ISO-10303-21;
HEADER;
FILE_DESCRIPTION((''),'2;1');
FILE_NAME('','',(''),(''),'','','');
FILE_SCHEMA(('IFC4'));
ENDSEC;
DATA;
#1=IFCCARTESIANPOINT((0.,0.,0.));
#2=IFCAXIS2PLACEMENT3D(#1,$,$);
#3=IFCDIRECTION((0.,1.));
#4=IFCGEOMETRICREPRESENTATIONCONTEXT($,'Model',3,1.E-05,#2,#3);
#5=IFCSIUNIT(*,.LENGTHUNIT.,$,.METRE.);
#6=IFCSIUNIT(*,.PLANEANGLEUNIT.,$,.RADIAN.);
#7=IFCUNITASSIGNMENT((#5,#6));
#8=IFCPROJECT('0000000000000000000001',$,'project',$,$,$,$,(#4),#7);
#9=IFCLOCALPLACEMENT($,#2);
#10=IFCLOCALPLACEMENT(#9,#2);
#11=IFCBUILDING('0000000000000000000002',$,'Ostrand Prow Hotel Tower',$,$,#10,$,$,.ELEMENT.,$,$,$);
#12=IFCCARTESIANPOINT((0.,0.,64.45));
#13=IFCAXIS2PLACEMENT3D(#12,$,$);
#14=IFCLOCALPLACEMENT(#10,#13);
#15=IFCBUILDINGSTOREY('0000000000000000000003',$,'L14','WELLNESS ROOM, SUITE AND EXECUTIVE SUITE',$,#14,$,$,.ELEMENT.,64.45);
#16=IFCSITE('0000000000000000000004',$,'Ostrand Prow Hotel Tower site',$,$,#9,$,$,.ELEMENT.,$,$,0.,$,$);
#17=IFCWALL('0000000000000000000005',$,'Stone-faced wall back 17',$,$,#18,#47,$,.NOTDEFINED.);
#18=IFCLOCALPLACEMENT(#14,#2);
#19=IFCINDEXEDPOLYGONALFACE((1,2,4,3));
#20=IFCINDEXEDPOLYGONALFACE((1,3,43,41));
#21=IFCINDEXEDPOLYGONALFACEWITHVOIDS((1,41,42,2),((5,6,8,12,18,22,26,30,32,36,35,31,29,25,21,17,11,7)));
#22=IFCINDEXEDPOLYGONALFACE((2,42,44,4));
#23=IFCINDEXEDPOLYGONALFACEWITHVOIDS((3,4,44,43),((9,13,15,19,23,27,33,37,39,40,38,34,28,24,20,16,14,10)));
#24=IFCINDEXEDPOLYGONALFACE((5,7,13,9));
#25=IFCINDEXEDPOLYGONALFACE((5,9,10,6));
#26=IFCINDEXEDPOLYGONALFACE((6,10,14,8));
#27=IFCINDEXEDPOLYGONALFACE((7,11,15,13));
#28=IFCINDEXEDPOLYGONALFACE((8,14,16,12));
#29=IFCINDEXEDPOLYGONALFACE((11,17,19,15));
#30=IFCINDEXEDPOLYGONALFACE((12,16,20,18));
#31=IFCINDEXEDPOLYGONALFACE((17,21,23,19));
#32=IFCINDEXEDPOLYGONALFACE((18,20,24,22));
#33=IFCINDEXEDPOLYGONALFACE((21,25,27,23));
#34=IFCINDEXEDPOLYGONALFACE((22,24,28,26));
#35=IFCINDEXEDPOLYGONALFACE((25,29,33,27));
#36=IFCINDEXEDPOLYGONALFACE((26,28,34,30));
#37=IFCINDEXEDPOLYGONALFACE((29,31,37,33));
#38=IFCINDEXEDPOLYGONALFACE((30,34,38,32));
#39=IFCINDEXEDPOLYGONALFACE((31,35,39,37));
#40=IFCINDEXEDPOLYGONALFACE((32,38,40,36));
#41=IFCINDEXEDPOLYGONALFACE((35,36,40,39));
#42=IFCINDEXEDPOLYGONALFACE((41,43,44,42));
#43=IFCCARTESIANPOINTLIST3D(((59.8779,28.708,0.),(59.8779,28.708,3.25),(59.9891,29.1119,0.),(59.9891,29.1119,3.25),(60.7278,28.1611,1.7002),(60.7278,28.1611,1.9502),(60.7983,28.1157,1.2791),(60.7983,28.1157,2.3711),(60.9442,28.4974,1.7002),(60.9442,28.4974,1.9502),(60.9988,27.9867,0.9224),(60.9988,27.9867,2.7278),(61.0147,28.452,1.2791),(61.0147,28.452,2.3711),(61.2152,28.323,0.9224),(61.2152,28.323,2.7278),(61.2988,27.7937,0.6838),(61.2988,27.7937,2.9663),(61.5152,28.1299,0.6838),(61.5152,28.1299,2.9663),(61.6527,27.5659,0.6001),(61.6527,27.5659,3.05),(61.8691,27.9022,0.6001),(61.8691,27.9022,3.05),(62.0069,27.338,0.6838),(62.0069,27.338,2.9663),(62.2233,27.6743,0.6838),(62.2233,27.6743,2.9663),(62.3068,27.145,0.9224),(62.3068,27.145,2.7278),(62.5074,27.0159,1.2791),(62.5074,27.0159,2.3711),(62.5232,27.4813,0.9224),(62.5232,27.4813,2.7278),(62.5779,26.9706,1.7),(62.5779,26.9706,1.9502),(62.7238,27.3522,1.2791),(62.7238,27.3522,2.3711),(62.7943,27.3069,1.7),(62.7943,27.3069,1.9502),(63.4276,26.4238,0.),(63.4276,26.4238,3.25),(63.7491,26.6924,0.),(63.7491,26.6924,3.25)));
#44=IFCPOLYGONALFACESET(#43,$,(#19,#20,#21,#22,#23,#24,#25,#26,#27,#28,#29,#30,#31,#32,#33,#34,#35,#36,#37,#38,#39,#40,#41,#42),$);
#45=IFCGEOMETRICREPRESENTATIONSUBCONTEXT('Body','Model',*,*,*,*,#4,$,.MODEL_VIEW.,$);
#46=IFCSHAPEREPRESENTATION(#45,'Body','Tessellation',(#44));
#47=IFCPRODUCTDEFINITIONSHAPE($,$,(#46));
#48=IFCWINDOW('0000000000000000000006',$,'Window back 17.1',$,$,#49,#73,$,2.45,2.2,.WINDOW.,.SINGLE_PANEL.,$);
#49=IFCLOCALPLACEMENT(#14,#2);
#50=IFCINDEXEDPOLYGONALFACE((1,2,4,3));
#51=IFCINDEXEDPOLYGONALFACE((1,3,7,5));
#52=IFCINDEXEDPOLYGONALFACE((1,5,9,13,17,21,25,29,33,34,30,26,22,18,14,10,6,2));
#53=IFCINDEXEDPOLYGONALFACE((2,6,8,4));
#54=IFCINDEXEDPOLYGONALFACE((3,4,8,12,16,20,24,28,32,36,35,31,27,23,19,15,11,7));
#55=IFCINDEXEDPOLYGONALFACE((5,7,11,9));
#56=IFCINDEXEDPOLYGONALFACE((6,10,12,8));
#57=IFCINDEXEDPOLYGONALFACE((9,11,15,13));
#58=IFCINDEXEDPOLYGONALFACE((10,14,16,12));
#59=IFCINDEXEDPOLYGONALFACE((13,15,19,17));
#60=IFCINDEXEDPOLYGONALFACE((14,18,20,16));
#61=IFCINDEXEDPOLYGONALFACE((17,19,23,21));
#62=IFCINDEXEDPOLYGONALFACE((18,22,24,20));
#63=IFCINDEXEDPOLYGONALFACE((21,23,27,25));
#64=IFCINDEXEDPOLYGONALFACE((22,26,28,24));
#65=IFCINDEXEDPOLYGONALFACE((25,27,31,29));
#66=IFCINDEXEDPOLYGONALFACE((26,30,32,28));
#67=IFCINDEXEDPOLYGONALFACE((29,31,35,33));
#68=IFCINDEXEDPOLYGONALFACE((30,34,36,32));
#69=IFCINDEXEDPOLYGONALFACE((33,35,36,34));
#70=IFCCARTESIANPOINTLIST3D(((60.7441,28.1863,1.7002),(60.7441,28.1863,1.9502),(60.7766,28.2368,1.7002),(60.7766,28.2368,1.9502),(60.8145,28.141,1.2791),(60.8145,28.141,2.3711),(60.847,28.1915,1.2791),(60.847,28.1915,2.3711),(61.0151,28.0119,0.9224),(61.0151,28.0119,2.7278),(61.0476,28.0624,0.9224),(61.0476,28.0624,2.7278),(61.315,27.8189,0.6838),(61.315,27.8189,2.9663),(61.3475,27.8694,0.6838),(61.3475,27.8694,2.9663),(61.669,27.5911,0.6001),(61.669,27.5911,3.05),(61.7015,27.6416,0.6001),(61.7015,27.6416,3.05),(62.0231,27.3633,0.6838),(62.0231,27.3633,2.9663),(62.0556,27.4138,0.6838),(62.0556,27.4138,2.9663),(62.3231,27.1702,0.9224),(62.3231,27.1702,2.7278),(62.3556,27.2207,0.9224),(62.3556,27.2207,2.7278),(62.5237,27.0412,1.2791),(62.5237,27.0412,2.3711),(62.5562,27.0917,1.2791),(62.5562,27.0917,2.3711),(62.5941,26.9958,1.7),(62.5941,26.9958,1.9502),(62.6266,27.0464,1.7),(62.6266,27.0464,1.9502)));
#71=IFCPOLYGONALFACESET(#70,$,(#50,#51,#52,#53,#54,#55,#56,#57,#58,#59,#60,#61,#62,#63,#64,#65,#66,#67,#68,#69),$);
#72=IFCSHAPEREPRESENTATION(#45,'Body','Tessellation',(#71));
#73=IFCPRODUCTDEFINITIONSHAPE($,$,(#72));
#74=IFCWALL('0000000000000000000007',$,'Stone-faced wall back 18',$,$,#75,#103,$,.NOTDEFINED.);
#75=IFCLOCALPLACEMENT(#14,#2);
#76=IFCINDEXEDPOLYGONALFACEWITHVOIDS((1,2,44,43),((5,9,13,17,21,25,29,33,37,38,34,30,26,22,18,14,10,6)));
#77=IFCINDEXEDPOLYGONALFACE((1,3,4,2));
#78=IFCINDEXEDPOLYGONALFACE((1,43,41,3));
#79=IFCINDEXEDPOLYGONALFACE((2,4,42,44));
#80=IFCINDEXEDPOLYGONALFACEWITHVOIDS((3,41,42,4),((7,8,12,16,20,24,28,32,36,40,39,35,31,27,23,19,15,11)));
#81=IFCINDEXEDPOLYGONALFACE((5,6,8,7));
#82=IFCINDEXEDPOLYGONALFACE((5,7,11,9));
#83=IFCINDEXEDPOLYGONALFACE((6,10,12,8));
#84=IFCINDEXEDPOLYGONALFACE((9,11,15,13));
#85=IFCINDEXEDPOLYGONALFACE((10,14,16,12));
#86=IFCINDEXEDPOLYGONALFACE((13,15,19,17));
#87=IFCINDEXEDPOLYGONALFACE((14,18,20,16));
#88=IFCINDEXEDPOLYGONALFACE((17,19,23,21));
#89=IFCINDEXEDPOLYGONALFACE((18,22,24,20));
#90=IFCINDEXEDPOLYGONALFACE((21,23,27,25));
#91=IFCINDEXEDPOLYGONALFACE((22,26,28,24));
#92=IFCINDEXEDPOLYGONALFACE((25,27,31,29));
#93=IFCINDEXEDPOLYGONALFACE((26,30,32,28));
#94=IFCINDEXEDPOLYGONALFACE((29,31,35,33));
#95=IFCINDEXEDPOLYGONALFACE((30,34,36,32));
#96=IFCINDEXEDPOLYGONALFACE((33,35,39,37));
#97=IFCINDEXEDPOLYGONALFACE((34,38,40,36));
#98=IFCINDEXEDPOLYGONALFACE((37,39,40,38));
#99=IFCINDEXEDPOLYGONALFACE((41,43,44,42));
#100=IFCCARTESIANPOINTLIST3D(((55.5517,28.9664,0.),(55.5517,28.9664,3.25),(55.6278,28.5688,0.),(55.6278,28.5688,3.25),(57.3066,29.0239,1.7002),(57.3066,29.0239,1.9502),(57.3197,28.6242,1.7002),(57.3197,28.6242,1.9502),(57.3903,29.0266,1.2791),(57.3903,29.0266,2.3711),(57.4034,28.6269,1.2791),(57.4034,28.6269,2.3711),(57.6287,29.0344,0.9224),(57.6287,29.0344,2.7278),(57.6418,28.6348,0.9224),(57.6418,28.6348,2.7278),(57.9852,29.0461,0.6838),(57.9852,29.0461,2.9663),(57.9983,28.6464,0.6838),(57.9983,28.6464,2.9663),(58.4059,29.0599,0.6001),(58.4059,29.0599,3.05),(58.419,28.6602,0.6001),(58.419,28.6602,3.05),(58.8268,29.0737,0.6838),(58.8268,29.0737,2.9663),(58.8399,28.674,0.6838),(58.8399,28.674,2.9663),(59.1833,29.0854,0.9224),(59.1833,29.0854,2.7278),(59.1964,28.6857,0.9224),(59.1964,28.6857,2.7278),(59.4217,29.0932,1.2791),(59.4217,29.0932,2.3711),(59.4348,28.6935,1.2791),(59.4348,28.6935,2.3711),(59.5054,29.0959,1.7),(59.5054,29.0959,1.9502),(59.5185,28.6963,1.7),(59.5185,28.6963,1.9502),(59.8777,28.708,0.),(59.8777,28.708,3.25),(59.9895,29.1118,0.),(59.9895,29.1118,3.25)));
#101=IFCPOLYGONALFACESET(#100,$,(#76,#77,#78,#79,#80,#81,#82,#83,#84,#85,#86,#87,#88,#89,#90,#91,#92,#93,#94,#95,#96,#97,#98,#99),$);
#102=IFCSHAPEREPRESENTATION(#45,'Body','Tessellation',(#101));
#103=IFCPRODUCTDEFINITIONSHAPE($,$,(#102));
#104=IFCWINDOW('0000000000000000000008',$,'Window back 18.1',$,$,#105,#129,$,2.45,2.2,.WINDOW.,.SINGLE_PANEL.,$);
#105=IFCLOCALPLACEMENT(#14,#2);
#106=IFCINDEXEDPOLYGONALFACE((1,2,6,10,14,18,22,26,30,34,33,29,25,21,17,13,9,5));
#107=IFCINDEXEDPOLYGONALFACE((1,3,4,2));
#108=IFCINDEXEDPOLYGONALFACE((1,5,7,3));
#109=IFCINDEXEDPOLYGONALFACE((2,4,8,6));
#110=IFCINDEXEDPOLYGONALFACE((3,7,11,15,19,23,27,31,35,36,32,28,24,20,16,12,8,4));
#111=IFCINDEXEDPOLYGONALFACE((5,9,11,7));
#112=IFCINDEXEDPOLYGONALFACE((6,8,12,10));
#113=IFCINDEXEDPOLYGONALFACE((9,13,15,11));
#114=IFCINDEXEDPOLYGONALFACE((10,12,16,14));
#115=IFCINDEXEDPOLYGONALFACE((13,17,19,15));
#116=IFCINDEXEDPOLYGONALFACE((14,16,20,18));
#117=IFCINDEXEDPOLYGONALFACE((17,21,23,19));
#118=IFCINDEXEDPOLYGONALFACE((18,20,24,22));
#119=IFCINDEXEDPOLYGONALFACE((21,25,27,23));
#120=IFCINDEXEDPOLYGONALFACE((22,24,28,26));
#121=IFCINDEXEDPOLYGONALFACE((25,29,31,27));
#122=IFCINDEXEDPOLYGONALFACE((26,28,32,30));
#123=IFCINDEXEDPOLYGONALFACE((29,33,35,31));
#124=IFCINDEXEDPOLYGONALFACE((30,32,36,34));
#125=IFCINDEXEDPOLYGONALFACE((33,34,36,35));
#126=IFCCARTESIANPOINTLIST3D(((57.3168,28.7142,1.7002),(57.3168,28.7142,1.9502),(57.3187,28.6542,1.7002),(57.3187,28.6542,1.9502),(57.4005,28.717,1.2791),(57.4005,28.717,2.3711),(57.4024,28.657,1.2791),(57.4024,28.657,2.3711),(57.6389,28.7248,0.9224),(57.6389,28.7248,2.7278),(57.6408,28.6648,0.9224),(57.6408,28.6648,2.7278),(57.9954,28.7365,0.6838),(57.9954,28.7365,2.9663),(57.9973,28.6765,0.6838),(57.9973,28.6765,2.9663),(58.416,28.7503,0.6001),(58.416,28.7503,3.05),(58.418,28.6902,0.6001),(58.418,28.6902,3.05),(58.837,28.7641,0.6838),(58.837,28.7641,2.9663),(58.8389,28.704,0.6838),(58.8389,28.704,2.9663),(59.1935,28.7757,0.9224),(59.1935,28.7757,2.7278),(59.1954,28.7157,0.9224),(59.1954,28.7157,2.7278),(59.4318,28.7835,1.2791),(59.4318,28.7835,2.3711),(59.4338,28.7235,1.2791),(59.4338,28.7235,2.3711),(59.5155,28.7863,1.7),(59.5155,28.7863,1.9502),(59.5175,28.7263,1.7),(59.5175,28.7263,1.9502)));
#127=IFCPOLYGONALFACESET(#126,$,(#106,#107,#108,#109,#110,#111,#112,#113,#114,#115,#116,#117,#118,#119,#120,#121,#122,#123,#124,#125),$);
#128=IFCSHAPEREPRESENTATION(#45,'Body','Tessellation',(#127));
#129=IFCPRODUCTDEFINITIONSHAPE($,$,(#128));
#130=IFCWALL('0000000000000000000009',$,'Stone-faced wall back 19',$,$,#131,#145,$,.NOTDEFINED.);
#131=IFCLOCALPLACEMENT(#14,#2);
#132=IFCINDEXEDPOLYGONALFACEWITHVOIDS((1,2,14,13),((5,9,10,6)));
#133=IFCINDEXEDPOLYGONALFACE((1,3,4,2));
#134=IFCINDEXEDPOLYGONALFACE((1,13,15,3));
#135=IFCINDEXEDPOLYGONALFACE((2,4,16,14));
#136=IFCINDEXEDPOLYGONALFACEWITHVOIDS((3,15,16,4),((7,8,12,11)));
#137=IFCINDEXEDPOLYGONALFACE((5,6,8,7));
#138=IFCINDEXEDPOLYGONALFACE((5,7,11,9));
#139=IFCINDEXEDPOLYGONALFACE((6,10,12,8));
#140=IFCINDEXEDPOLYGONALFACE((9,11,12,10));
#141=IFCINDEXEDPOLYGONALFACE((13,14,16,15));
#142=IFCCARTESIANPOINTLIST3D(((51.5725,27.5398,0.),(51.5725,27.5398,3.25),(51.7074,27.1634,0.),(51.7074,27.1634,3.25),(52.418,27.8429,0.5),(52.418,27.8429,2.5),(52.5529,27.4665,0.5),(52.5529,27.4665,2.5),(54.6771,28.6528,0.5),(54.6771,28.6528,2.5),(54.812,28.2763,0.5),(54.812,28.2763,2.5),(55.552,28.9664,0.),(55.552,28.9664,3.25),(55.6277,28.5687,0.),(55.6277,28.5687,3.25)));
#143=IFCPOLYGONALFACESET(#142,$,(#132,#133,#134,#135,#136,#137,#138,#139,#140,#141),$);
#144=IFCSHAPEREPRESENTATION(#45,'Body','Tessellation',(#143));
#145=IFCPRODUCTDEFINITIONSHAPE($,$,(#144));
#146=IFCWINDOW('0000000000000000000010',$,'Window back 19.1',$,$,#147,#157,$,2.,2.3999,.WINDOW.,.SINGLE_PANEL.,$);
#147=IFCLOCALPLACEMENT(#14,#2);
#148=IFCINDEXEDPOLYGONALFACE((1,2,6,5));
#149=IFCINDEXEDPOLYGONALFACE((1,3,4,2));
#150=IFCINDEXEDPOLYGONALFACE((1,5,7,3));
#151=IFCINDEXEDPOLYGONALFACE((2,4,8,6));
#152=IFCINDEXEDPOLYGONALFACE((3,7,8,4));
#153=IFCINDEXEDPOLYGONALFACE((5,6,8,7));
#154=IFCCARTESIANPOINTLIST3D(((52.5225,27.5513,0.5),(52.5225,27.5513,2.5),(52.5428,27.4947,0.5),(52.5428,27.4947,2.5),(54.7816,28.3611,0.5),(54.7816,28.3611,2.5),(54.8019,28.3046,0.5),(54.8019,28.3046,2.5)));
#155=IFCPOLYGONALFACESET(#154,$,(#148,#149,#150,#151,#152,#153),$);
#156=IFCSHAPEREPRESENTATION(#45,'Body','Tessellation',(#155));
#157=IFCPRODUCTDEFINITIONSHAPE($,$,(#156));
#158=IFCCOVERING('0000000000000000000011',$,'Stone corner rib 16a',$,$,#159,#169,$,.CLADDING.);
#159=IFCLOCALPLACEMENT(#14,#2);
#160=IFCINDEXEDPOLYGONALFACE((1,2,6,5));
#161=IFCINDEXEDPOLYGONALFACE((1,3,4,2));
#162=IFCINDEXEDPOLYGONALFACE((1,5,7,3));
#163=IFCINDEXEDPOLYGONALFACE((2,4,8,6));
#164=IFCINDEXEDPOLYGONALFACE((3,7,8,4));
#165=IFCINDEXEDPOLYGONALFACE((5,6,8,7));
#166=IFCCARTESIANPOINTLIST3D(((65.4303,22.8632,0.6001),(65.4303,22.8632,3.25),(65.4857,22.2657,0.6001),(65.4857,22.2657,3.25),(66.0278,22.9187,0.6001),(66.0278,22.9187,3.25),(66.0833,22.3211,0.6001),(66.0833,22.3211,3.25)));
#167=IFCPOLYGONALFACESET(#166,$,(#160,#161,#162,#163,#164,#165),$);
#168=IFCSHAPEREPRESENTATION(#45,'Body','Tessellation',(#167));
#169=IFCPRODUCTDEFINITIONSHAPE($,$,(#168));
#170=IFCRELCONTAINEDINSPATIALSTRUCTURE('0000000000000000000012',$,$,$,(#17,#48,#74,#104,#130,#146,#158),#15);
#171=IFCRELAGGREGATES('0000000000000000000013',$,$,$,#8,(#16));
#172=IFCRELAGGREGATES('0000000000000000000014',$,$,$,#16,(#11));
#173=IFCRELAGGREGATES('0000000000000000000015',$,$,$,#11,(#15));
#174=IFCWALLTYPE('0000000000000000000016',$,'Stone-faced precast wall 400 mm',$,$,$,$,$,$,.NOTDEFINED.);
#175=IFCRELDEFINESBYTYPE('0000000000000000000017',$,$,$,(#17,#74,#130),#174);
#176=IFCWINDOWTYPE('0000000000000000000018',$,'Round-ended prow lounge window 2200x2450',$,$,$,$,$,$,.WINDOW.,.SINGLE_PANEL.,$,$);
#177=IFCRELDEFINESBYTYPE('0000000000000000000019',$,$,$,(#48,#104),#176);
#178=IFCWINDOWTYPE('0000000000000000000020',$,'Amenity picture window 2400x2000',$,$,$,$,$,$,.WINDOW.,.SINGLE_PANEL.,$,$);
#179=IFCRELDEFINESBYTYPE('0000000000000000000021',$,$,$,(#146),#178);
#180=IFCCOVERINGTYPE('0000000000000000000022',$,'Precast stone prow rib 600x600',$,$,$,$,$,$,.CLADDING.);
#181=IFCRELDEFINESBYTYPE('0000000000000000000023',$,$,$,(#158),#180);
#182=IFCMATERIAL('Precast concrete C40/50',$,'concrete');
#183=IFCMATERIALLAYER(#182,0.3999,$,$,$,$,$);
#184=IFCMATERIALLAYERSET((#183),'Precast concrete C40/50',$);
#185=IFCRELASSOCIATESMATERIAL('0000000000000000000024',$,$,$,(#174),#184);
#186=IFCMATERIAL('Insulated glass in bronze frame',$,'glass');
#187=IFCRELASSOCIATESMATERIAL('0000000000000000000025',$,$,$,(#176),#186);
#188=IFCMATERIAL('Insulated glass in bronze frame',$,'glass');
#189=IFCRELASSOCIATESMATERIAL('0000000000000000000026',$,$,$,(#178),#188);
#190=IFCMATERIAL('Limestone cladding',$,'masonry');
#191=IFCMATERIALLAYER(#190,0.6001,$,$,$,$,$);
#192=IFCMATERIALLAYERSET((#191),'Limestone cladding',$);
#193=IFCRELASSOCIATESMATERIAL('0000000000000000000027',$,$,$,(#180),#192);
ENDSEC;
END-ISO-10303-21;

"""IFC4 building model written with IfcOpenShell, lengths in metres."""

from ifc_helpers import new_model, si_unit, direction, frame, frame_2d, origin, place, context, subcontext, project, spatial, polyline, rectangle, outline, extrude, material, layer, layer_set, type_object, element, fill, save


model = new_model("IFC4")

# Units and contexts
model_context = context("Model", 3, precision=1e-05, world=origin(), true_north=direction((0.0, 1.0)))
body_context = subcontext(model_context, "Body", "Model", "MODEL_VIEW")
ifc_project = project(units=[si_unit("LENGTHUNIT", "METRE"), si_unit("PLANEANGLEUNIT", "RADIAN")], contexts=[model_context])

# Site, building, storey
site_placement = place(None, origin())
site = spatial("IfcSite", under=ifc_project, at=site_placement, Name="Ostrand Prow Hotel Tower site", CompositionType="ELEMENT", RefElevation=0.0)
building_placement = place(site_placement, origin())
building = spatial("IfcBuilding", under=site, at=building_placement, Name="Ostrand Prow Hotel Tower", CompositionType="ELEMENT")
storey_placement = place(building_placement, frame((0.0, 0.0, 64.45)))
storey = spatial("IfcBuildingStorey", under=building, at=storey_placement, Name="L14", Description="WELLNESS ROOM, SUITE AND EXECUTIVE SUITE", CompositionType="ELEMENT", Elevation=64.45)

# Walls, openings, windows
ifc_material_1 = material(Name="Precast concrete C40/50", Category="concrete")
ifc_layer_1 = layer(ifc_material_1, 0.3999)
ifc_layer_set_1 = layer_set([ifc_layer_1], Name="Precast concrete C40/50")
wall_type_1 = type_object("IfcWallType", Name="Stone-faced precast wall 400 mm", PredefinedType="NOTDEFINED", material=ifc_layer_set_1)
ifc_material_2 = material(Name="Insulated glass in bronze frame", Category="glass")
window_type_1 = type_object("IfcWindowType", Name="Round-ended prow lounge window 2200x2450", PartitioningType="SINGLE_PANEL", PredefinedType="WINDOW", material=ifc_material_2)
wall_1_placement = place(storey_placement, frame((63.5884, 26.5581, 0.0), z_axis=(0.0, 0.0, 1.0), x_axis=(-0.840937, 0.541132, 0.0)))
wall_1 = element("IfcWall", 1, at=wall_1_placement, inside=storey, type_object=wall_type_1, Name="Stone-faced wall back 17", PredefinedType="NOTDEFINED", context=body_context, shape_type="SweptSolid", body=[
    extrude(outline(polyline([(-0.0625, -0.2), (4.4087, -0.2), (4.2837, 0.2), (0.0625, 0.2), (-0.0625, -0.2)])), origin(), (0.0, 0.0, 1.0), 3.25),
])
opening_1_placement = place(wall_1_placement, frame((1.073, 0.0, 0.6001)))
opening_1 = element("IfcOpeningElement", 2, at=opening_1_placement, cuts=wall_1, PredefinedType="OPENING", context=body_context, shape_type="SweptSolid", body=[
    extrude(outline(polyline([(0.0, 1.3501), (0.0837, 1.771), (0.3223, 2.1277), (0.679, 2.3662), (1.1001, 2.45), (1.521, 2.3662), (1.8777, 2.1277), (2.1162, 1.771), (2.2, 1.3501), (2.2, 1.1001), (2.1162, 0.679), (1.8777, 0.3223), (1.521, 0.0837), (1.1001, 0.0), (0.679, 0.0837), (0.3223, 0.3223), (0.0837, 0.679), (0.0, 1.0999), (0.0, 1.3501)])), frame((0.0, 0.21, 0.0), z_axis=(0.0, -1.0, 0.0), x_axis=(1.0, 0.0, 0.0)), (0.0, 0.0, 1.0), 0.4199),
])
window_1_placement = place(opening_1_placement, origin())
window_1 = element("IfcWindow", 3, at=window_1_placement, inside=storey, type_object=window_type_1, Name="Window back 17.1", OverallHeight=2.45, OverallWidth=2.2, PartitioningType="SINGLE_PANEL", PredefinedType="WINDOW", context=body_context, shape_type="SweptSolid", body=[
    extrude(outline(polyline([(0.0, 1.3501), (0.0837, 1.771), (0.3223, 2.1277), (0.679, 2.3662), (1.1001, 2.45), (1.521, 2.3662), (1.8777, 2.1277), (2.1162, 1.771), (2.2, 1.3501), (2.2, 1.1001), (2.1162, 0.679), (1.8777, 0.3223), (1.521, 0.0837), (1.1001, 0.0), (0.679, 0.0837), (0.3223, 0.3223), (0.0837, 0.679), (0.0, 1.0999), (0.0, 1.3501)])), frame((0.0, 0.1699, 0.0), z_axis=(0.0, -1.0, 0.0), x_axis=(1.0, 0.0, 0.0)), (0.0, 0.0, 1.0), 0.0601),
])
fill(opening_1, window_1)
wall_2_placement = place(storey_placement, frame((59.9336, 28.9099, 0.0), z_axis=(0.0, 0.0, 1.0), x_axis=(-0.999464, -0.03275, 0.0)))
wall_2 = element("IfcWall", 4, at=wall_2_placement, inside=storey, type_object=wall_type_1, Name="Stone-faced wall back 18", PredefinedType="NOTDEFINED", context=body_context, shape_type="SweptSolid", body=[
    extrude(outline(polyline([(-0.0625, -0.2), (4.3777, -0.2), (4.3147, 0.2), (0.0625, 0.2), (-0.0625, -0.2)])), origin(), (0.0, 0.0, 1.0), 3.25),
])
opening_2_placement = place(wall_2_placement, frame((0.4219, 0.0, 0.6001)))
opening_2 = element("IfcOpeningElement", 5, at=opening_2_placement, cuts=wall_2, PredefinedType="OPENING", context=body_context, shape_type="SweptSolid", body=[
    extrude(outline(polyline([(0.0, 1.3501), (0.0837, 1.771), (0.3223, 2.1277), (0.679, 2.3662), (1.1001, 2.45), (1.521, 2.3662), (1.8777, 2.1277), (2.1162, 1.771), (2.2, 1.3501), (2.2, 1.1001), (2.1162, 0.679), (1.8777, 0.3223), (1.521, 0.0837), (1.1001, 0.0), (0.679, 0.0837), (0.3223, 0.3223), (0.0837, 0.679), (0.0, 1.0999), (0.0, 1.3501)])), frame((0.0, 0.21, 0.0), z_axis=(0.0, -1.0, 0.0), x_axis=(1.0, 0.0, 0.0)), (0.0, 0.0, 1.0), 0.4199),
])
window_2_placement = place(opening_2_placement, origin())
window_2 = element("IfcWindow", 6, at=window_2_placement, inside=storey, type_object=window_type_1, Name="Window back 18.1", OverallHeight=2.45, OverallWidth=2.2, PartitioningType="SINGLE_PANEL", PredefinedType="WINDOW", context=body_context, shape_type="SweptSolid", body=[
    extrude(outline(polyline([(0.0, 1.3501), (0.0837, 1.771), (0.3223, 2.1277), (0.679, 2.3662), (1.1001, 2.45), (1.521, 2.3662), (1.8777, 2.1277), (2.1162, 1.771), (2.2, 1.3501), (2.2, 1.1001), (2.1162, 0.679), (1.8777, 0.3223), (1.521, 0.0837), (1.1001, 0.0), (0.679, 0.0837), (0.3223, 0.3223), (0.0837, 0.679), (0.0, 1.0999), (0.0, 1.3501)])), frame((0.0, 0.1699, 0.0), z_axis=(0.0, -1.0, 0.0), x_axis=(1.0, 0.0, 0.0)), (0.0, 0.0, 1.0), 0.0601),
])
fill(opening_2, window_2)
wall_3_placement = place(storey_placement, frame((55.5898, 28.7676, 0.0), z_axis=(0.0, 0.0, 1.0), x_axis=(-0.94134, -0.33746, 0.0)))
wall_3 = element("IfcWall", 7, at=wall_3_placement, inside=storey, type_object=wall_type_1, Name="Stone-faced wall back 19", PredefinedType="NOTDEFINED", context=body_context, shape_type="SweptSolid", body=[
    extrude(outline(polyline([(-0.0315, -0.2), (4.196, -0.2), (4.196, 0.2), (0.0315, 0.2), (-0.0315, -0.2)])), origin(), (0.0, 0.0, 1.0), 3.25),
])
opening_3_placement = place(wall_3_placement, frame((0.8979, 0.0, 0.5)))
opening_3 = element("IfcOpeningElement", 8, at=opening_3_placement, cuts=wall_3, PredefinedType="OPENING", context=body_context, shape_type="SweptSolid", body=[
    extrude(rectangle(XDim=2.3999, YDim=2.0, at=frame_2d((1.2, 1.0))), frame((0.0, 0.21, 0.0), z_axis=(0.0, -1.0, 0.0), x_axis=(1.0, 0.0, 0.0)), (0.0, 0.0, 1.0), 0.4199),
])
ifc_material_3 = material(Name="Insulated glass in bronze frame", Category="glass")
window_type_2 = type_object("IfcWindowType", Name="Amenity picture window 2400x2000", PartitioningType="SINGLE_PANEL", PredefinedType="WINDOW", material=ifc_material_3)
window_3_placement = place(opening_3_placement, origin())
window_3 = element("IfcWindow", 9, at=window_3_placement, inside=storey, type_object=window_type_2, Name="Window back 19.1", OverallHeight=2.0, OverallWidth=2.3999, PartitioningType="SINGLE_PANEL", PredefinedType="WINDOW", context=body_context, shape_type="SweptSolid", body=[
    extrude(rectangle(XDim=2.3999, YDim=2.0, at=frame_2d((1.2, 1.0))), frame((0.0, 0.1699, 0.0), z_axis=(0.0, -1.0, 0.0), x_axis=(1.0, 0.0, 0.0)), (0.0, 0.0, 1.0), 0.0601),
])
fill(opening_3, window_3)

# Covering
ifc_material_4 = material(Name="Limestone cladding", Category="masonry")
ifc_layer_2 = layer(ifc_material_4, 0.6001)
ifc_layer_set_2 = layer_set([ifc_layer_2], Name="Limestone cladding")
covering_type = type_object("IfcCoveringType", Name="Precast stone prow rib 600x600", PredefinedType="CLADDING", material=ifc_layer_set_2)
for number, where, z_axis, x_axis, name in (
    (10, (65.458, 22.5645, 0.6001), (0.0, 0.0, 1.0), (0.995725, 0.09237, 0.0), "Stone corner rib 16a"),
):
    element("IfcCovering", number, at=place(storey_placement, frame(where, z_axis=z_axis, x_axis=x_axis)), inside=storey, type_object=covering_type, Name=name, PredefinedType="CLADDING", context=body_context, shape_type="SweptSolid", body=[
        extrude(rectangle(XDim=0.6001, YDim=0.6001, at=frame_2d((0.3, 0.0))), origin(), (0.0, 0.0, 1.0), 2.6499),
    ])

save(model, "model.ifc")
